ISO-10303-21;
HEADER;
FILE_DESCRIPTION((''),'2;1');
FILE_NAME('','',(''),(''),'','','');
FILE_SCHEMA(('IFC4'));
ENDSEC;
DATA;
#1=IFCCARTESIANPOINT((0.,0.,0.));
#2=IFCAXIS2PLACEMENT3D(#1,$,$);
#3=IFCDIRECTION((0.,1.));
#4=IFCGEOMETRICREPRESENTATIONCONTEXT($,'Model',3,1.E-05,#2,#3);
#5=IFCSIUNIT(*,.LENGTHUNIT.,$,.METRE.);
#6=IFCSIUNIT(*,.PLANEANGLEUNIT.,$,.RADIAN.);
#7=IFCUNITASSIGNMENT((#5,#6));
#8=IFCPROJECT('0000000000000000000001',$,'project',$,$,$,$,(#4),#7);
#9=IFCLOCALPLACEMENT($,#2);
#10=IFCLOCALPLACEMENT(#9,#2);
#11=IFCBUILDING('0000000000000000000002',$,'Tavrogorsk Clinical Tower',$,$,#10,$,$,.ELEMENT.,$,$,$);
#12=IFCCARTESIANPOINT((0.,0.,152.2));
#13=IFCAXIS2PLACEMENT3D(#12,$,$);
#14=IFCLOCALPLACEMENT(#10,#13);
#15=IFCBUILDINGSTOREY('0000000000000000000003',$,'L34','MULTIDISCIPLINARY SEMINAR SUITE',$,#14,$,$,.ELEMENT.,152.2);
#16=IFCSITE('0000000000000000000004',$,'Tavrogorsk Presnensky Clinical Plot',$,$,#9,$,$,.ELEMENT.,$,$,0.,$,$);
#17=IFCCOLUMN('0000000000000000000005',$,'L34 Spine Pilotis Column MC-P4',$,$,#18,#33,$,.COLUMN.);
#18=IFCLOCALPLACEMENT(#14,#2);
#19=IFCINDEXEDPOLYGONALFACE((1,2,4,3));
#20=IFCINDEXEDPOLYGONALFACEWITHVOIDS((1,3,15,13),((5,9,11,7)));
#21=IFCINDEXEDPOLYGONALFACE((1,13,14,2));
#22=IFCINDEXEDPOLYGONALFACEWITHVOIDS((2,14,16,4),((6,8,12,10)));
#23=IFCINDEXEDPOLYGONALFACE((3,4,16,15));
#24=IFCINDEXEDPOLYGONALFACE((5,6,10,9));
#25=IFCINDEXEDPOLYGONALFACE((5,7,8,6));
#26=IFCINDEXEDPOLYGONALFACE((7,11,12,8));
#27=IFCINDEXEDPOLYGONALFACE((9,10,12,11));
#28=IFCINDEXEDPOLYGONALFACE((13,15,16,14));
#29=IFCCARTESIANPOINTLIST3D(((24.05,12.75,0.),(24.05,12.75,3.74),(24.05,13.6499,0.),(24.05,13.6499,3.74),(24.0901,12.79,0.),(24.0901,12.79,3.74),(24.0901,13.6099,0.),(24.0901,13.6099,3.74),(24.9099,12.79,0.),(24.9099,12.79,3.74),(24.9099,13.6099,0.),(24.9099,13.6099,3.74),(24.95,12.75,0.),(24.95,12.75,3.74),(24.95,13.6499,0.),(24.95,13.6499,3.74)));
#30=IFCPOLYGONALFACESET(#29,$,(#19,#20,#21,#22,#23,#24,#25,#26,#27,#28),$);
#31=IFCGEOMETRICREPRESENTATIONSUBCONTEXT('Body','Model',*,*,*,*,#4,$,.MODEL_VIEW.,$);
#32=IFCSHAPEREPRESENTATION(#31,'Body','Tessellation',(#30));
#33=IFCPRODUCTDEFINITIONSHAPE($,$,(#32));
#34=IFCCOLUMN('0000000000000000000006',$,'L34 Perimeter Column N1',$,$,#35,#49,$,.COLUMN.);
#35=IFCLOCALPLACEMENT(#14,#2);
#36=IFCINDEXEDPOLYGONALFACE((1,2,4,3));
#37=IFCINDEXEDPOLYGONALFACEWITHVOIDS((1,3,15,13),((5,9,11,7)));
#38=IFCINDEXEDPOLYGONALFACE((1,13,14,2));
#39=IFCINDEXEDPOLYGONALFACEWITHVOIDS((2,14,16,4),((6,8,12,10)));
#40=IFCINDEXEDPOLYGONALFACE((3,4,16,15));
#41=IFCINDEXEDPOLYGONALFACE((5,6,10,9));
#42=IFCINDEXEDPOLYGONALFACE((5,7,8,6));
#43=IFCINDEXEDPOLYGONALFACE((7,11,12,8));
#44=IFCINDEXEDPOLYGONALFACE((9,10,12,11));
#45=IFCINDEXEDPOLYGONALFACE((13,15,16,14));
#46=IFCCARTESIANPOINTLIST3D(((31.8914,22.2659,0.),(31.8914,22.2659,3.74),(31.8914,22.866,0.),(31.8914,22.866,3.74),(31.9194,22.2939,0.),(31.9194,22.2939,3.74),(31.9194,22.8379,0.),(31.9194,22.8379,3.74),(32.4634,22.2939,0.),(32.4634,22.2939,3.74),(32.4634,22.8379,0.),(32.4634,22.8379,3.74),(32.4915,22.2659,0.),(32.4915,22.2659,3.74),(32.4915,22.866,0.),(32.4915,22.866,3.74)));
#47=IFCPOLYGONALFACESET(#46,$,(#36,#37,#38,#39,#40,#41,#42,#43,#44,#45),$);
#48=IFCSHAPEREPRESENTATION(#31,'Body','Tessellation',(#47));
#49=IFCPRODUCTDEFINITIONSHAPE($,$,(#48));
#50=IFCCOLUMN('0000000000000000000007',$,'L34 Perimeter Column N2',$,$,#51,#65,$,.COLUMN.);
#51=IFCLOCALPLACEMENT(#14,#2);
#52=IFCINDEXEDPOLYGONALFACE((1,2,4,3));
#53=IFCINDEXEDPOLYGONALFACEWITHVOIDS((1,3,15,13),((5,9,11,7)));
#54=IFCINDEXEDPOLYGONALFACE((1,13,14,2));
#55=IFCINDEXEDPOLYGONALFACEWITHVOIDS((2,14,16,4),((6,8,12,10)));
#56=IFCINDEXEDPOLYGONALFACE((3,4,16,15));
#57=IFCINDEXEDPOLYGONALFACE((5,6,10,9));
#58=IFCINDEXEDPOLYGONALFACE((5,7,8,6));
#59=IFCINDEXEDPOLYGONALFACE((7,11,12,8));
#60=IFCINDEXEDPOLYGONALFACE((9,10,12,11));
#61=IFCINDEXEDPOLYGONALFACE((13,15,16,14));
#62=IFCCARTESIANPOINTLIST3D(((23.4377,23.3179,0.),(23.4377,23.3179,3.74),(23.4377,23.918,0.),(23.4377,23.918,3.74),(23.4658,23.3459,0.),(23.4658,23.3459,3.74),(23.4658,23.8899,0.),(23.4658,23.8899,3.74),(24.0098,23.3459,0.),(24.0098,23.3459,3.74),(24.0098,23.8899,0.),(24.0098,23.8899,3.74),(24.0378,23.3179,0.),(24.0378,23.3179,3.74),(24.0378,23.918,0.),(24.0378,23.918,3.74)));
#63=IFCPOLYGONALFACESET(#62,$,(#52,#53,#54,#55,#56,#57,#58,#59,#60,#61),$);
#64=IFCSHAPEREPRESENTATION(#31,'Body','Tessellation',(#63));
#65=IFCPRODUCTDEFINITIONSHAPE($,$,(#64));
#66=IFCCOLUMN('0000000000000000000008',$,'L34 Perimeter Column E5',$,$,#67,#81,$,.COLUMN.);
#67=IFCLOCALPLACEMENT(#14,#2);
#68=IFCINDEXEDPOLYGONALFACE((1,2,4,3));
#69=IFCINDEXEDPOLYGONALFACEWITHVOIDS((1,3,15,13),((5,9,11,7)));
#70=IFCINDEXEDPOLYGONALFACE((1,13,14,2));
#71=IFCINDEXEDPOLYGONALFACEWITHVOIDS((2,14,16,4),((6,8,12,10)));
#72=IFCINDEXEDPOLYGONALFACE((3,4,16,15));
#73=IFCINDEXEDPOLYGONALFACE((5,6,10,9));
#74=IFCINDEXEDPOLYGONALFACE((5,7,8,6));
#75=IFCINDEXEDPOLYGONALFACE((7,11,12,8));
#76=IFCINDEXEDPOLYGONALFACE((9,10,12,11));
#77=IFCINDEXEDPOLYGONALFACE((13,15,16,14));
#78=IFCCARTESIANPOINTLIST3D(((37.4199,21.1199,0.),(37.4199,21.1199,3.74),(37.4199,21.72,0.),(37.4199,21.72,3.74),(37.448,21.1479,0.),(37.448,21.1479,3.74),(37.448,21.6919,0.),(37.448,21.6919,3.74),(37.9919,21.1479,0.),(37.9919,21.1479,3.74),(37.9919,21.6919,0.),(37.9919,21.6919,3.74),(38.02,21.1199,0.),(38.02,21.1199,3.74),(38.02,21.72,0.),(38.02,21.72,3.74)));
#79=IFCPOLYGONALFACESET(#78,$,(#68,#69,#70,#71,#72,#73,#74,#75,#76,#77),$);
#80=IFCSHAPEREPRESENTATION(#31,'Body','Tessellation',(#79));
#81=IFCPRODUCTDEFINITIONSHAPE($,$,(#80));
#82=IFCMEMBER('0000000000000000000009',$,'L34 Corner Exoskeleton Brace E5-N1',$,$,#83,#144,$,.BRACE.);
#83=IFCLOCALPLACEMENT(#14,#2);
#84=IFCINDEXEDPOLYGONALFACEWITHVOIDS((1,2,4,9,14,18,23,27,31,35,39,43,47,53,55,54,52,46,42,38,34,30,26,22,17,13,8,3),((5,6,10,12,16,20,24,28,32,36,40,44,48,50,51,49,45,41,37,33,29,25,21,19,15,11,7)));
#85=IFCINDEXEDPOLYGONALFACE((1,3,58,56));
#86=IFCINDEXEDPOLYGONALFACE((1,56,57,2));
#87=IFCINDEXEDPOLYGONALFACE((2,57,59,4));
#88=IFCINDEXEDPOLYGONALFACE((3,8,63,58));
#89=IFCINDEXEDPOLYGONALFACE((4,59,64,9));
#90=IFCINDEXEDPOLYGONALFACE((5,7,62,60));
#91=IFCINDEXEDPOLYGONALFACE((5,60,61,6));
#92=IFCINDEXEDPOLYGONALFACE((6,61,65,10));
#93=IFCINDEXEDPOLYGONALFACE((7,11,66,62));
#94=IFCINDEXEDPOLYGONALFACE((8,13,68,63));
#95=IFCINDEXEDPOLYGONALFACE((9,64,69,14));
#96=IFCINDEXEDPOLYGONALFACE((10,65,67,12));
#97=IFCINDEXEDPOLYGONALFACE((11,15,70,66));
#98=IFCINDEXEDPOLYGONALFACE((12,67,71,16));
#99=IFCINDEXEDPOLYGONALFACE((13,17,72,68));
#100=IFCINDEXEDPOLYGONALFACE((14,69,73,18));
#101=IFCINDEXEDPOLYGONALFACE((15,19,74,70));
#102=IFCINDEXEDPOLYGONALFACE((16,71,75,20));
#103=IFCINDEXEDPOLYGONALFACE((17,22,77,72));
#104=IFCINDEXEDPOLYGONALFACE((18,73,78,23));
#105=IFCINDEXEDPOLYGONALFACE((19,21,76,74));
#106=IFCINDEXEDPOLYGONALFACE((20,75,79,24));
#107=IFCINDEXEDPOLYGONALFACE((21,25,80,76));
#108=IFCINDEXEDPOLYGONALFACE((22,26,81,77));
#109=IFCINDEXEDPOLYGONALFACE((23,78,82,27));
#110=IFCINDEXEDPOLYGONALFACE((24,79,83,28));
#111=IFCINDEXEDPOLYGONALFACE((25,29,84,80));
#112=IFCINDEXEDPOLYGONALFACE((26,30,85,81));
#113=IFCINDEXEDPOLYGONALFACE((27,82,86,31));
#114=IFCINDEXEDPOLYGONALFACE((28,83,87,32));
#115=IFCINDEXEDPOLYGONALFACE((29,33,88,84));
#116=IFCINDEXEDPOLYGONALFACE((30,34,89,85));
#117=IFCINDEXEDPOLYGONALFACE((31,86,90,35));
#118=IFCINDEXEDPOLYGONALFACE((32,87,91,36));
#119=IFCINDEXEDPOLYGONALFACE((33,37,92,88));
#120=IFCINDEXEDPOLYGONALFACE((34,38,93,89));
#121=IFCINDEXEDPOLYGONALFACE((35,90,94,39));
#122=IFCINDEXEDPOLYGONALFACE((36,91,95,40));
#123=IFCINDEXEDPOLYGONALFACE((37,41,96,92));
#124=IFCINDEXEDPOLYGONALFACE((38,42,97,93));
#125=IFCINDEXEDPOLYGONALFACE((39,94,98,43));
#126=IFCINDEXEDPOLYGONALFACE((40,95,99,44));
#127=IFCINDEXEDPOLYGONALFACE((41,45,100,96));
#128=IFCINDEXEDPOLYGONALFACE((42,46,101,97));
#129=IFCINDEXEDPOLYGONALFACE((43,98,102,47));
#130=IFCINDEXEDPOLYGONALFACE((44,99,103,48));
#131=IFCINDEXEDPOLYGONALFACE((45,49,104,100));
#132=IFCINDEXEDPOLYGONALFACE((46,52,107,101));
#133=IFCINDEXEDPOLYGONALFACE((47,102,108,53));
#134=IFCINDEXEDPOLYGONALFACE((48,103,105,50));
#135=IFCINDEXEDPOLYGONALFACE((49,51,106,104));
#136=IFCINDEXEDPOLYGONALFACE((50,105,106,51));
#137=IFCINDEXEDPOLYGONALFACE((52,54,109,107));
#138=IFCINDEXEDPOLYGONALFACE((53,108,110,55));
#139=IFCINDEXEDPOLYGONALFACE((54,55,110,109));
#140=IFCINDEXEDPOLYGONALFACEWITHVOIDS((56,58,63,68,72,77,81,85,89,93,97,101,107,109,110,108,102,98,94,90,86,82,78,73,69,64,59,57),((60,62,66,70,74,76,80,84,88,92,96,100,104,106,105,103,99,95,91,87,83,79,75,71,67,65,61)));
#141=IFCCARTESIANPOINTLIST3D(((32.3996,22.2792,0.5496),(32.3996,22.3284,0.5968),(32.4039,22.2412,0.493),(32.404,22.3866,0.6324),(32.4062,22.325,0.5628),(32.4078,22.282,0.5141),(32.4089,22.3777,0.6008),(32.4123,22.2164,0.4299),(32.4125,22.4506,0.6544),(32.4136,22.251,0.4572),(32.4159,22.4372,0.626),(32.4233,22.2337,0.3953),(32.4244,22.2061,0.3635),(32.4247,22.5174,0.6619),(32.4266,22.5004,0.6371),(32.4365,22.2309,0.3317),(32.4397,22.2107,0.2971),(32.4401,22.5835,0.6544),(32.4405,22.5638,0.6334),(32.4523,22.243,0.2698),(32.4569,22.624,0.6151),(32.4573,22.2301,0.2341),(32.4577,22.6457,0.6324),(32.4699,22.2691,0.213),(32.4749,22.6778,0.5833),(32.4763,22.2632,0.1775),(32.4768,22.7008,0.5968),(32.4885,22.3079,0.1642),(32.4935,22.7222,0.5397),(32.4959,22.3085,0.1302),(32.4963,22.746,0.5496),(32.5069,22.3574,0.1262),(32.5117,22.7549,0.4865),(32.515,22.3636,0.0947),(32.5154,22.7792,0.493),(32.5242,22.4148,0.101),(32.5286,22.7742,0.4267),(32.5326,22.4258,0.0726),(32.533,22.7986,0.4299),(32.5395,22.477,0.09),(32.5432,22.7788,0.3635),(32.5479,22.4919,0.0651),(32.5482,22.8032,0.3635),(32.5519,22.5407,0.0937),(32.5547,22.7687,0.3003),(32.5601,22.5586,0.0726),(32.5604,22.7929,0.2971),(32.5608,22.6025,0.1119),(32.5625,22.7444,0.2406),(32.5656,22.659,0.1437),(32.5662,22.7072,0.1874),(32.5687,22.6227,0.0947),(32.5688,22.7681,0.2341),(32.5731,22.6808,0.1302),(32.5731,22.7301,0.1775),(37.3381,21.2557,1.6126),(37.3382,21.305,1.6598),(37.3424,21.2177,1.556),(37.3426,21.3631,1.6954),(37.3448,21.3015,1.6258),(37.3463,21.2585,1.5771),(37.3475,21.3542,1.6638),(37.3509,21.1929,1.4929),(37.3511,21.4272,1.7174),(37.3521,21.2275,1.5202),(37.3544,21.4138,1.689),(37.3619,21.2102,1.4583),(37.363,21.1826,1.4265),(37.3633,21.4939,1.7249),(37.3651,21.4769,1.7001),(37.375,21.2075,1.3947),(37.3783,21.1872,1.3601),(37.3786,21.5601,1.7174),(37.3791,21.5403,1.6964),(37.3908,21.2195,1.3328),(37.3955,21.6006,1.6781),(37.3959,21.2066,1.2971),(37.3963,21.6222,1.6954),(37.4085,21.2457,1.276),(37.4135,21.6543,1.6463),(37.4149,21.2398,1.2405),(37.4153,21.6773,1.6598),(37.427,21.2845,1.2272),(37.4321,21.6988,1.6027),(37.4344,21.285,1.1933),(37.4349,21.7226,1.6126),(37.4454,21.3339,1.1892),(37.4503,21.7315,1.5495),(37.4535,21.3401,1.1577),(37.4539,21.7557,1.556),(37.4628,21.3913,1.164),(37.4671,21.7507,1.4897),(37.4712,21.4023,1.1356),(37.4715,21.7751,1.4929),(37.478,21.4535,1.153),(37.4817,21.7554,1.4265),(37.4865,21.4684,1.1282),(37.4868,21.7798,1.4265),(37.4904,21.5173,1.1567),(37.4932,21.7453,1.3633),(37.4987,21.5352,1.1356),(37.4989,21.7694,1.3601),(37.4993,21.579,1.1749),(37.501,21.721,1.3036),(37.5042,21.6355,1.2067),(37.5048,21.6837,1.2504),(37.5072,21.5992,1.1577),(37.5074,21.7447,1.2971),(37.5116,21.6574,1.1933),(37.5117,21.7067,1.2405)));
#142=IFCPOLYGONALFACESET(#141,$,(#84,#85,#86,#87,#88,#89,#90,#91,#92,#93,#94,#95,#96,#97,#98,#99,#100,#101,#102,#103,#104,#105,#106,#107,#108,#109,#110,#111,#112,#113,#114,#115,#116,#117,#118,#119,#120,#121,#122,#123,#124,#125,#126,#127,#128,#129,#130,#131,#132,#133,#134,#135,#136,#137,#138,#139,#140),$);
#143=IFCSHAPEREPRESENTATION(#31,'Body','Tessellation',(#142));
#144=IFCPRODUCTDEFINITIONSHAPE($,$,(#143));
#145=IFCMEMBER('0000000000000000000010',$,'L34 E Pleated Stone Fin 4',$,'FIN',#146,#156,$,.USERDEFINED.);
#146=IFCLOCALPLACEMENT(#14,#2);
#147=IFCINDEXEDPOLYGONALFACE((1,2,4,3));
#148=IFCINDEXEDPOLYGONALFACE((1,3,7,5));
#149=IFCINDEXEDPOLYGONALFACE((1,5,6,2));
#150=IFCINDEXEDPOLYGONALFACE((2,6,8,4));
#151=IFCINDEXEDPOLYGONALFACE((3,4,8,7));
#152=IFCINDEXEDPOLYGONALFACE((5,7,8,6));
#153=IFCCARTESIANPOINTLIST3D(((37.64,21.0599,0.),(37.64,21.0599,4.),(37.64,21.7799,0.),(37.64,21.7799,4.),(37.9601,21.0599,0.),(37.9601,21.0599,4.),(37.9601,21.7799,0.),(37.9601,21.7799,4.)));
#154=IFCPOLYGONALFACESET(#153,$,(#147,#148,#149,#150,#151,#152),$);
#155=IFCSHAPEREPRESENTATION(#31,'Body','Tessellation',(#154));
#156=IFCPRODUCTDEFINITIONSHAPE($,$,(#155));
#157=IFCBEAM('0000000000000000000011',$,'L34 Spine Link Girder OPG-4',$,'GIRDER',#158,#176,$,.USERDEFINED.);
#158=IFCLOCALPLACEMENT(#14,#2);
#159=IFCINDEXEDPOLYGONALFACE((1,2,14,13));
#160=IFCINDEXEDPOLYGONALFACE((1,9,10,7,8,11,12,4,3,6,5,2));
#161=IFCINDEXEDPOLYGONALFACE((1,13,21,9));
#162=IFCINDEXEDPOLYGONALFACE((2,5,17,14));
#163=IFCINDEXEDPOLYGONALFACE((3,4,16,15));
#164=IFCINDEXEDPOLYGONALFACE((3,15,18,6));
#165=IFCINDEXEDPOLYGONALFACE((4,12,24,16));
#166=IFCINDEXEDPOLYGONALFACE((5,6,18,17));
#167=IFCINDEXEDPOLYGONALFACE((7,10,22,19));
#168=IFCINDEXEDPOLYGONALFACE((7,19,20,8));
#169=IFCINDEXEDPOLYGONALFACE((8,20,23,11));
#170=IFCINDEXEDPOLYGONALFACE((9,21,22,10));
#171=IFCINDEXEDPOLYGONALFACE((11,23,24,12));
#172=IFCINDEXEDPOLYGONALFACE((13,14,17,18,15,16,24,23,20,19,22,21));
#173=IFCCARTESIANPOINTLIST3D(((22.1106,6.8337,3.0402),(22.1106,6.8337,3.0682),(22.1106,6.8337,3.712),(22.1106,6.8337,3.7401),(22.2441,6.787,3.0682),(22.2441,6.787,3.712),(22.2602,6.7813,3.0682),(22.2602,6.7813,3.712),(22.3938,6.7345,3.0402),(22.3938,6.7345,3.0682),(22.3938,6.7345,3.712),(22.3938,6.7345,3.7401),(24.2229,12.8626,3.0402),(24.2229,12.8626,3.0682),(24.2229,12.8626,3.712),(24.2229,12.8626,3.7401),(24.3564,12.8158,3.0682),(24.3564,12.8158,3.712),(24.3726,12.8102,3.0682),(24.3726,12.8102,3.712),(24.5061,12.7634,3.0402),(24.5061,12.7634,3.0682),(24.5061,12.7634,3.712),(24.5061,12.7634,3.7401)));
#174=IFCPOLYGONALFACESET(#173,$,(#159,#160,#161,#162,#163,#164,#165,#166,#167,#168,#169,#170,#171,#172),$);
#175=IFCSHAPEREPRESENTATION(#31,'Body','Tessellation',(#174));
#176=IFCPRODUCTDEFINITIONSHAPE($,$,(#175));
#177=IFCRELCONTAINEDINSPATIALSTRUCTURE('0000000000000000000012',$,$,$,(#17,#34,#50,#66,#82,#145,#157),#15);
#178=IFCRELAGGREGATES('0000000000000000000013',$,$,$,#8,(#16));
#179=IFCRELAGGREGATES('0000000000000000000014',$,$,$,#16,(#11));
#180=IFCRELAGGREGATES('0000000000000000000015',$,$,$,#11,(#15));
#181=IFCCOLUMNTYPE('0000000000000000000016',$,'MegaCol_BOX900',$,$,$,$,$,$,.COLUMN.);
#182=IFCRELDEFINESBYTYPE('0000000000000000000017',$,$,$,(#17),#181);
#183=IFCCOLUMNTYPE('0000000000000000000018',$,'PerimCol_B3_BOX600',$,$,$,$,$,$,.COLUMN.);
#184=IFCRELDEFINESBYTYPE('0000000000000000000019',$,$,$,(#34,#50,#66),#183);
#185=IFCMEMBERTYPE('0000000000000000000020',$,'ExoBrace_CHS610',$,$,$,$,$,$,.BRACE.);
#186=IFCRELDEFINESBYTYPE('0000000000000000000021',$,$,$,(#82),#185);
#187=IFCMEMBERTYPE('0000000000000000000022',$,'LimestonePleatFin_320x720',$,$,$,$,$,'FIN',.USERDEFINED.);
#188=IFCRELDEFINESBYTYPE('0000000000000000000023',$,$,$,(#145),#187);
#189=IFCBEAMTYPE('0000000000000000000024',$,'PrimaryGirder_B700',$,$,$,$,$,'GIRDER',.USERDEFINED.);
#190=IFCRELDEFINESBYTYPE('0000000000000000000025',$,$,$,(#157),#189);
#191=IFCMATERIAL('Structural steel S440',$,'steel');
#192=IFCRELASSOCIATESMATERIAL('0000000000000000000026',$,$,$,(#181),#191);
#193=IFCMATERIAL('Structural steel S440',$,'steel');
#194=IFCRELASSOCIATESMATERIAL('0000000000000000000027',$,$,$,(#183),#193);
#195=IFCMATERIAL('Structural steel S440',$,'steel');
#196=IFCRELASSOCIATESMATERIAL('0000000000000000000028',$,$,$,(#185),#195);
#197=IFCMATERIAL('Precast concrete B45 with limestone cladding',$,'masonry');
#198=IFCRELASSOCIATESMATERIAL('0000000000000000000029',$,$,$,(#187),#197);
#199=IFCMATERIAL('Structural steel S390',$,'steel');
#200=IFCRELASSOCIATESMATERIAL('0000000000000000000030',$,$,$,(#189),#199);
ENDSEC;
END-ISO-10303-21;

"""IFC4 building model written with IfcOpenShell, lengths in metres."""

from ifc_helpers import new_model, si_unit, direction, frame, origin, origin_2d, place, context, subcontext, project, spatial, rectangle, hollow_rectangle, hollow_circle, i_section, extrude, material, material_profile, profile_set, type_object, element, save


model = new_model("IFC4")

# Units and contexts
model_context = context("Model", 3, precision=1e-05, world=origin(), true_north=direction((0.0, 1.0)))
body_context = subcontext(model_context, "Body", "Model", "MODEL_VIEW")
ifc_project = project(units=[si_unit("LENGTHUNIT", "METRE"), si_unit("PLANEANGLEUNIT", "RADIAN")], contexts=[model_context])

# Site, building, storey
site_placement = place(None, origin())
site = spatial("IfcSite", under=ifc_project, at=site_placement, Name="Tavrogorsk Presnensky Clinical Plot", CompositionType="ELEMENT", RefElevation=0.0)
building_placement = place(site_placement, origin())
building = spatial("IfcBuilding", under=site, at=building_placement, Name="Tavrogorsk Clinical Tower", CompositionType="ELEMENT")
storey_placement = place(building_placement, frame((0.0, 0.0, 152.2)))
storey = spatial("IfcBuildingStorey", under=building, at=storey_placement, Name="L34", Description="MULTIDISCIPLINARY SEMINAR SUITE", CompositionType="ELEMENT", Elevation=152.2)

# Columns
ifc_material_1 = material(Name="Structural steel S440", Category="steel")
ifc_material_profile_1 = material_profile(ifc_material_1, hollow_rectangle(XDim=0.8999, YDim=0.8999, WallThickness=0.04, at=origin_2d()), Name="BOX-900x900x40")
ifc_profile_set_1 = profile_set([ifc_material_profile_1], Name="Structural steel S440")
column_type_1 = type_object("IfcColumnType", Name="MegaCol_BOX900", PredefinedType="COLUMN", material=ifc_profile_set_1)
column_placement = place(storey_placement, frame((24.5, 13.2, 0.0), z_axis=(0.0, 0.0, 1.0), x_axis=(1.0, 0.0, 0.0)))
element("IfcColumn", 1, at=column_placement, inside=storey, type_object=column_type_1, Name="L34 Spine Pilotis Column MC-P4", PredefinedType="COLUMN", context=body_context, shape_type="SweptSolid", body=[
    extrude(hollow_rectangle(XDim=0.8999, YDim=0.8999, WallThickness=0.04, at=origin_2d()), origin(), (0.0, 0.0, 1.0), 3.74),
])
ifc_material_2 = material(Name="Structural steel S440", Category="steel")
ifc_material_profile_2 = material_profile(ifc_material_2, hollow_rectangle(XDim=0.6001, YDim=0.6001, WallThickness=0.0281, at=origin_2d()), Name="BOX-600x600x28")
ifc_profile_set_2 = profile_set([ifc_material_profile_2], Name="Structural steel S440")
column_type_2 = type_object("IfcColumnType", Name="PerimCol_B3_BOX600", PredefinedType="COLUMN", material=ifc_profile_set_2)
for number, where, z_axis, x_axis, name in (
    (2, (32.1914, 22.5659, 0.0), (0.0, 0.0, 1.0), (1.0, 0.0, 0.0), "L34 Perimeter Column N1"),
    (3, (23.7378, 23.6179, 0.0), (0.0, 0.0, 1.0), (1.0, 0.0, 0.0), "L34 Perimeter Column N2"),
    (4, (37.72, 21.4199, 0.0), (0.0, 0.0, 1.0), (1.0, 0.0, 0.0), "L34 Perimeter Column E5"),
):
    element("IfcColumn", number, at=place(storey_placement, frame(where, z_axis=z_axis, x_axis=x_axis)), inside=storey, type_object=column_type_2, Name=name, PredefinedType="COLUMN", context=body_context, shape_type="SweptSolid", body=[
        extrude(hollow_rectangle(XDim=0.6001, YDim=0.6001, WallThickness=0.0281, at=origin_2d()), origin(), (0.0, 0.0, 1.0), 3.74),
    ])

# Members
ifc_material_3 = material(Name="Structural steel S440", Category="steel")
ifc_material_profile_3 = material_profile(ifc_material_3, hollow_circle(Radius=0.3049, WallThickness=0.0249, at=origin_2d()), Name="CHS-610x25")
ifc_profile_set_3 = profile_set([ifc_material_profile_3], Name="Structural steel S440")
member_type_1 = type_object("IfcMemberType", Name="ExoBrace_CHS610", PredefinedType="BRACE", material=ifc_profile_set_3)
member_1_placement = place(storey_placement, frame((32.4863, 22.5046, 0.3635), z_axis=(0.958144, -0.198563, 0.206237), x_axis=(0.202926, 0.979194, 0.0)))
element("IfcMember", 5, at=member_1_placement, inside=storey, type_object=member_type_1, Name="L34 Corner Exoskeleton Brace E5-N1", PredefinedType="BRACE", context=body_context, shape_type="SweptSolid", body=[
    extrude(hollow_circle(Radius=0.3049, WallThickness=0.0249, at=origin_2d()), origin(), (0.0, 0.0, 1.0), 5.1543),
])
ifc_material_4 = material(Name="Precast concrete B45 with limestone cladding", Category="masonry")
ifc_material_profile_4 = material_profile(ifc_material_4, rectangle(XDim=0.3201, YDim=0.72, at=origin_2d()), Name="LIMESTONE-FIN-320x720")
ifc_profile_set_4 = profile_set([ifc_material_profile_4], Name="Precast concrete B45 with limestone cladding")
member_type_2 = type_object("IfcMemberType", Name="LimestonePleatFin_320x720", ElementType="FIN", PredefinedType="USERDEFINED", material=ifc_profile_set_4)
member_2_placement = place(storey_placement, frame((37.8, 21.4199, 0.0), z_axis=(0.0, 0.0, 1.0), x_axis=(1.0, 0.0, 0.0)))
element("IfcMember", 6, at=member_2_placement, inside=storey, type_object=member_type_2, Name="L34 E Pleated Stone Fin 4", ObjectType="FIN", PredefinedType="USERDEFINED", context=body_context, shape_type="SweptSolid", body=[
    extrude(rectangle(XDim=0.3201, YDim=0.72, at=origin_2d()), origin(), (0.0, 0.0, 1.0), 4.0),
])

# Beam
ifc_material_5 = material(Name="Structural steel S390", Category="steel")
ifc_material_profile_5 = material_profile(ifc_material_5, i_section(OverallWidth=0.3, OverallDepth=0.7, WebThickness=0.0171, FlangeThickness=0.0281, at=origin_2d()), Name="B-700x300x17x28")
ifc_profile_set_5 = profile_set([ifc_material_profile_5], Name="Structural steel S390")
beam_type_1 = type_object("IfcBeamType", Name="PrimaryGirder_B700", ElementType="GIRDER", PredefinedType="USERDEFINED", material=ifc_profile_set_5)
beam_1_placement = place(storey_placement, frame((24.3645, 12.813, 3.3901), z_axis=(-0.33066, -0.94375, 0.0), x_axis=(0.94375, -0.33066, 0.0)))
element("IfcBeam", 7, at=beam_1_placement, inside=storey, type_object=beam_type_1, Name="L34 Spine Link Girder OPG-4", ObjectType="GIRDER", PredefinedType="USERDEFINED", context=body_context, shape_type="SweptSolid", body=[
    extrude(i_section(OverallWidth=0.3, OverallDepth=0.7, WebThickness=0.0171, FlangeThickness=0.0281, at=origin_2d()), origin(), (0.0, 0.0, 1.0), 6.3882),
])

save(model, "model.ifc")
